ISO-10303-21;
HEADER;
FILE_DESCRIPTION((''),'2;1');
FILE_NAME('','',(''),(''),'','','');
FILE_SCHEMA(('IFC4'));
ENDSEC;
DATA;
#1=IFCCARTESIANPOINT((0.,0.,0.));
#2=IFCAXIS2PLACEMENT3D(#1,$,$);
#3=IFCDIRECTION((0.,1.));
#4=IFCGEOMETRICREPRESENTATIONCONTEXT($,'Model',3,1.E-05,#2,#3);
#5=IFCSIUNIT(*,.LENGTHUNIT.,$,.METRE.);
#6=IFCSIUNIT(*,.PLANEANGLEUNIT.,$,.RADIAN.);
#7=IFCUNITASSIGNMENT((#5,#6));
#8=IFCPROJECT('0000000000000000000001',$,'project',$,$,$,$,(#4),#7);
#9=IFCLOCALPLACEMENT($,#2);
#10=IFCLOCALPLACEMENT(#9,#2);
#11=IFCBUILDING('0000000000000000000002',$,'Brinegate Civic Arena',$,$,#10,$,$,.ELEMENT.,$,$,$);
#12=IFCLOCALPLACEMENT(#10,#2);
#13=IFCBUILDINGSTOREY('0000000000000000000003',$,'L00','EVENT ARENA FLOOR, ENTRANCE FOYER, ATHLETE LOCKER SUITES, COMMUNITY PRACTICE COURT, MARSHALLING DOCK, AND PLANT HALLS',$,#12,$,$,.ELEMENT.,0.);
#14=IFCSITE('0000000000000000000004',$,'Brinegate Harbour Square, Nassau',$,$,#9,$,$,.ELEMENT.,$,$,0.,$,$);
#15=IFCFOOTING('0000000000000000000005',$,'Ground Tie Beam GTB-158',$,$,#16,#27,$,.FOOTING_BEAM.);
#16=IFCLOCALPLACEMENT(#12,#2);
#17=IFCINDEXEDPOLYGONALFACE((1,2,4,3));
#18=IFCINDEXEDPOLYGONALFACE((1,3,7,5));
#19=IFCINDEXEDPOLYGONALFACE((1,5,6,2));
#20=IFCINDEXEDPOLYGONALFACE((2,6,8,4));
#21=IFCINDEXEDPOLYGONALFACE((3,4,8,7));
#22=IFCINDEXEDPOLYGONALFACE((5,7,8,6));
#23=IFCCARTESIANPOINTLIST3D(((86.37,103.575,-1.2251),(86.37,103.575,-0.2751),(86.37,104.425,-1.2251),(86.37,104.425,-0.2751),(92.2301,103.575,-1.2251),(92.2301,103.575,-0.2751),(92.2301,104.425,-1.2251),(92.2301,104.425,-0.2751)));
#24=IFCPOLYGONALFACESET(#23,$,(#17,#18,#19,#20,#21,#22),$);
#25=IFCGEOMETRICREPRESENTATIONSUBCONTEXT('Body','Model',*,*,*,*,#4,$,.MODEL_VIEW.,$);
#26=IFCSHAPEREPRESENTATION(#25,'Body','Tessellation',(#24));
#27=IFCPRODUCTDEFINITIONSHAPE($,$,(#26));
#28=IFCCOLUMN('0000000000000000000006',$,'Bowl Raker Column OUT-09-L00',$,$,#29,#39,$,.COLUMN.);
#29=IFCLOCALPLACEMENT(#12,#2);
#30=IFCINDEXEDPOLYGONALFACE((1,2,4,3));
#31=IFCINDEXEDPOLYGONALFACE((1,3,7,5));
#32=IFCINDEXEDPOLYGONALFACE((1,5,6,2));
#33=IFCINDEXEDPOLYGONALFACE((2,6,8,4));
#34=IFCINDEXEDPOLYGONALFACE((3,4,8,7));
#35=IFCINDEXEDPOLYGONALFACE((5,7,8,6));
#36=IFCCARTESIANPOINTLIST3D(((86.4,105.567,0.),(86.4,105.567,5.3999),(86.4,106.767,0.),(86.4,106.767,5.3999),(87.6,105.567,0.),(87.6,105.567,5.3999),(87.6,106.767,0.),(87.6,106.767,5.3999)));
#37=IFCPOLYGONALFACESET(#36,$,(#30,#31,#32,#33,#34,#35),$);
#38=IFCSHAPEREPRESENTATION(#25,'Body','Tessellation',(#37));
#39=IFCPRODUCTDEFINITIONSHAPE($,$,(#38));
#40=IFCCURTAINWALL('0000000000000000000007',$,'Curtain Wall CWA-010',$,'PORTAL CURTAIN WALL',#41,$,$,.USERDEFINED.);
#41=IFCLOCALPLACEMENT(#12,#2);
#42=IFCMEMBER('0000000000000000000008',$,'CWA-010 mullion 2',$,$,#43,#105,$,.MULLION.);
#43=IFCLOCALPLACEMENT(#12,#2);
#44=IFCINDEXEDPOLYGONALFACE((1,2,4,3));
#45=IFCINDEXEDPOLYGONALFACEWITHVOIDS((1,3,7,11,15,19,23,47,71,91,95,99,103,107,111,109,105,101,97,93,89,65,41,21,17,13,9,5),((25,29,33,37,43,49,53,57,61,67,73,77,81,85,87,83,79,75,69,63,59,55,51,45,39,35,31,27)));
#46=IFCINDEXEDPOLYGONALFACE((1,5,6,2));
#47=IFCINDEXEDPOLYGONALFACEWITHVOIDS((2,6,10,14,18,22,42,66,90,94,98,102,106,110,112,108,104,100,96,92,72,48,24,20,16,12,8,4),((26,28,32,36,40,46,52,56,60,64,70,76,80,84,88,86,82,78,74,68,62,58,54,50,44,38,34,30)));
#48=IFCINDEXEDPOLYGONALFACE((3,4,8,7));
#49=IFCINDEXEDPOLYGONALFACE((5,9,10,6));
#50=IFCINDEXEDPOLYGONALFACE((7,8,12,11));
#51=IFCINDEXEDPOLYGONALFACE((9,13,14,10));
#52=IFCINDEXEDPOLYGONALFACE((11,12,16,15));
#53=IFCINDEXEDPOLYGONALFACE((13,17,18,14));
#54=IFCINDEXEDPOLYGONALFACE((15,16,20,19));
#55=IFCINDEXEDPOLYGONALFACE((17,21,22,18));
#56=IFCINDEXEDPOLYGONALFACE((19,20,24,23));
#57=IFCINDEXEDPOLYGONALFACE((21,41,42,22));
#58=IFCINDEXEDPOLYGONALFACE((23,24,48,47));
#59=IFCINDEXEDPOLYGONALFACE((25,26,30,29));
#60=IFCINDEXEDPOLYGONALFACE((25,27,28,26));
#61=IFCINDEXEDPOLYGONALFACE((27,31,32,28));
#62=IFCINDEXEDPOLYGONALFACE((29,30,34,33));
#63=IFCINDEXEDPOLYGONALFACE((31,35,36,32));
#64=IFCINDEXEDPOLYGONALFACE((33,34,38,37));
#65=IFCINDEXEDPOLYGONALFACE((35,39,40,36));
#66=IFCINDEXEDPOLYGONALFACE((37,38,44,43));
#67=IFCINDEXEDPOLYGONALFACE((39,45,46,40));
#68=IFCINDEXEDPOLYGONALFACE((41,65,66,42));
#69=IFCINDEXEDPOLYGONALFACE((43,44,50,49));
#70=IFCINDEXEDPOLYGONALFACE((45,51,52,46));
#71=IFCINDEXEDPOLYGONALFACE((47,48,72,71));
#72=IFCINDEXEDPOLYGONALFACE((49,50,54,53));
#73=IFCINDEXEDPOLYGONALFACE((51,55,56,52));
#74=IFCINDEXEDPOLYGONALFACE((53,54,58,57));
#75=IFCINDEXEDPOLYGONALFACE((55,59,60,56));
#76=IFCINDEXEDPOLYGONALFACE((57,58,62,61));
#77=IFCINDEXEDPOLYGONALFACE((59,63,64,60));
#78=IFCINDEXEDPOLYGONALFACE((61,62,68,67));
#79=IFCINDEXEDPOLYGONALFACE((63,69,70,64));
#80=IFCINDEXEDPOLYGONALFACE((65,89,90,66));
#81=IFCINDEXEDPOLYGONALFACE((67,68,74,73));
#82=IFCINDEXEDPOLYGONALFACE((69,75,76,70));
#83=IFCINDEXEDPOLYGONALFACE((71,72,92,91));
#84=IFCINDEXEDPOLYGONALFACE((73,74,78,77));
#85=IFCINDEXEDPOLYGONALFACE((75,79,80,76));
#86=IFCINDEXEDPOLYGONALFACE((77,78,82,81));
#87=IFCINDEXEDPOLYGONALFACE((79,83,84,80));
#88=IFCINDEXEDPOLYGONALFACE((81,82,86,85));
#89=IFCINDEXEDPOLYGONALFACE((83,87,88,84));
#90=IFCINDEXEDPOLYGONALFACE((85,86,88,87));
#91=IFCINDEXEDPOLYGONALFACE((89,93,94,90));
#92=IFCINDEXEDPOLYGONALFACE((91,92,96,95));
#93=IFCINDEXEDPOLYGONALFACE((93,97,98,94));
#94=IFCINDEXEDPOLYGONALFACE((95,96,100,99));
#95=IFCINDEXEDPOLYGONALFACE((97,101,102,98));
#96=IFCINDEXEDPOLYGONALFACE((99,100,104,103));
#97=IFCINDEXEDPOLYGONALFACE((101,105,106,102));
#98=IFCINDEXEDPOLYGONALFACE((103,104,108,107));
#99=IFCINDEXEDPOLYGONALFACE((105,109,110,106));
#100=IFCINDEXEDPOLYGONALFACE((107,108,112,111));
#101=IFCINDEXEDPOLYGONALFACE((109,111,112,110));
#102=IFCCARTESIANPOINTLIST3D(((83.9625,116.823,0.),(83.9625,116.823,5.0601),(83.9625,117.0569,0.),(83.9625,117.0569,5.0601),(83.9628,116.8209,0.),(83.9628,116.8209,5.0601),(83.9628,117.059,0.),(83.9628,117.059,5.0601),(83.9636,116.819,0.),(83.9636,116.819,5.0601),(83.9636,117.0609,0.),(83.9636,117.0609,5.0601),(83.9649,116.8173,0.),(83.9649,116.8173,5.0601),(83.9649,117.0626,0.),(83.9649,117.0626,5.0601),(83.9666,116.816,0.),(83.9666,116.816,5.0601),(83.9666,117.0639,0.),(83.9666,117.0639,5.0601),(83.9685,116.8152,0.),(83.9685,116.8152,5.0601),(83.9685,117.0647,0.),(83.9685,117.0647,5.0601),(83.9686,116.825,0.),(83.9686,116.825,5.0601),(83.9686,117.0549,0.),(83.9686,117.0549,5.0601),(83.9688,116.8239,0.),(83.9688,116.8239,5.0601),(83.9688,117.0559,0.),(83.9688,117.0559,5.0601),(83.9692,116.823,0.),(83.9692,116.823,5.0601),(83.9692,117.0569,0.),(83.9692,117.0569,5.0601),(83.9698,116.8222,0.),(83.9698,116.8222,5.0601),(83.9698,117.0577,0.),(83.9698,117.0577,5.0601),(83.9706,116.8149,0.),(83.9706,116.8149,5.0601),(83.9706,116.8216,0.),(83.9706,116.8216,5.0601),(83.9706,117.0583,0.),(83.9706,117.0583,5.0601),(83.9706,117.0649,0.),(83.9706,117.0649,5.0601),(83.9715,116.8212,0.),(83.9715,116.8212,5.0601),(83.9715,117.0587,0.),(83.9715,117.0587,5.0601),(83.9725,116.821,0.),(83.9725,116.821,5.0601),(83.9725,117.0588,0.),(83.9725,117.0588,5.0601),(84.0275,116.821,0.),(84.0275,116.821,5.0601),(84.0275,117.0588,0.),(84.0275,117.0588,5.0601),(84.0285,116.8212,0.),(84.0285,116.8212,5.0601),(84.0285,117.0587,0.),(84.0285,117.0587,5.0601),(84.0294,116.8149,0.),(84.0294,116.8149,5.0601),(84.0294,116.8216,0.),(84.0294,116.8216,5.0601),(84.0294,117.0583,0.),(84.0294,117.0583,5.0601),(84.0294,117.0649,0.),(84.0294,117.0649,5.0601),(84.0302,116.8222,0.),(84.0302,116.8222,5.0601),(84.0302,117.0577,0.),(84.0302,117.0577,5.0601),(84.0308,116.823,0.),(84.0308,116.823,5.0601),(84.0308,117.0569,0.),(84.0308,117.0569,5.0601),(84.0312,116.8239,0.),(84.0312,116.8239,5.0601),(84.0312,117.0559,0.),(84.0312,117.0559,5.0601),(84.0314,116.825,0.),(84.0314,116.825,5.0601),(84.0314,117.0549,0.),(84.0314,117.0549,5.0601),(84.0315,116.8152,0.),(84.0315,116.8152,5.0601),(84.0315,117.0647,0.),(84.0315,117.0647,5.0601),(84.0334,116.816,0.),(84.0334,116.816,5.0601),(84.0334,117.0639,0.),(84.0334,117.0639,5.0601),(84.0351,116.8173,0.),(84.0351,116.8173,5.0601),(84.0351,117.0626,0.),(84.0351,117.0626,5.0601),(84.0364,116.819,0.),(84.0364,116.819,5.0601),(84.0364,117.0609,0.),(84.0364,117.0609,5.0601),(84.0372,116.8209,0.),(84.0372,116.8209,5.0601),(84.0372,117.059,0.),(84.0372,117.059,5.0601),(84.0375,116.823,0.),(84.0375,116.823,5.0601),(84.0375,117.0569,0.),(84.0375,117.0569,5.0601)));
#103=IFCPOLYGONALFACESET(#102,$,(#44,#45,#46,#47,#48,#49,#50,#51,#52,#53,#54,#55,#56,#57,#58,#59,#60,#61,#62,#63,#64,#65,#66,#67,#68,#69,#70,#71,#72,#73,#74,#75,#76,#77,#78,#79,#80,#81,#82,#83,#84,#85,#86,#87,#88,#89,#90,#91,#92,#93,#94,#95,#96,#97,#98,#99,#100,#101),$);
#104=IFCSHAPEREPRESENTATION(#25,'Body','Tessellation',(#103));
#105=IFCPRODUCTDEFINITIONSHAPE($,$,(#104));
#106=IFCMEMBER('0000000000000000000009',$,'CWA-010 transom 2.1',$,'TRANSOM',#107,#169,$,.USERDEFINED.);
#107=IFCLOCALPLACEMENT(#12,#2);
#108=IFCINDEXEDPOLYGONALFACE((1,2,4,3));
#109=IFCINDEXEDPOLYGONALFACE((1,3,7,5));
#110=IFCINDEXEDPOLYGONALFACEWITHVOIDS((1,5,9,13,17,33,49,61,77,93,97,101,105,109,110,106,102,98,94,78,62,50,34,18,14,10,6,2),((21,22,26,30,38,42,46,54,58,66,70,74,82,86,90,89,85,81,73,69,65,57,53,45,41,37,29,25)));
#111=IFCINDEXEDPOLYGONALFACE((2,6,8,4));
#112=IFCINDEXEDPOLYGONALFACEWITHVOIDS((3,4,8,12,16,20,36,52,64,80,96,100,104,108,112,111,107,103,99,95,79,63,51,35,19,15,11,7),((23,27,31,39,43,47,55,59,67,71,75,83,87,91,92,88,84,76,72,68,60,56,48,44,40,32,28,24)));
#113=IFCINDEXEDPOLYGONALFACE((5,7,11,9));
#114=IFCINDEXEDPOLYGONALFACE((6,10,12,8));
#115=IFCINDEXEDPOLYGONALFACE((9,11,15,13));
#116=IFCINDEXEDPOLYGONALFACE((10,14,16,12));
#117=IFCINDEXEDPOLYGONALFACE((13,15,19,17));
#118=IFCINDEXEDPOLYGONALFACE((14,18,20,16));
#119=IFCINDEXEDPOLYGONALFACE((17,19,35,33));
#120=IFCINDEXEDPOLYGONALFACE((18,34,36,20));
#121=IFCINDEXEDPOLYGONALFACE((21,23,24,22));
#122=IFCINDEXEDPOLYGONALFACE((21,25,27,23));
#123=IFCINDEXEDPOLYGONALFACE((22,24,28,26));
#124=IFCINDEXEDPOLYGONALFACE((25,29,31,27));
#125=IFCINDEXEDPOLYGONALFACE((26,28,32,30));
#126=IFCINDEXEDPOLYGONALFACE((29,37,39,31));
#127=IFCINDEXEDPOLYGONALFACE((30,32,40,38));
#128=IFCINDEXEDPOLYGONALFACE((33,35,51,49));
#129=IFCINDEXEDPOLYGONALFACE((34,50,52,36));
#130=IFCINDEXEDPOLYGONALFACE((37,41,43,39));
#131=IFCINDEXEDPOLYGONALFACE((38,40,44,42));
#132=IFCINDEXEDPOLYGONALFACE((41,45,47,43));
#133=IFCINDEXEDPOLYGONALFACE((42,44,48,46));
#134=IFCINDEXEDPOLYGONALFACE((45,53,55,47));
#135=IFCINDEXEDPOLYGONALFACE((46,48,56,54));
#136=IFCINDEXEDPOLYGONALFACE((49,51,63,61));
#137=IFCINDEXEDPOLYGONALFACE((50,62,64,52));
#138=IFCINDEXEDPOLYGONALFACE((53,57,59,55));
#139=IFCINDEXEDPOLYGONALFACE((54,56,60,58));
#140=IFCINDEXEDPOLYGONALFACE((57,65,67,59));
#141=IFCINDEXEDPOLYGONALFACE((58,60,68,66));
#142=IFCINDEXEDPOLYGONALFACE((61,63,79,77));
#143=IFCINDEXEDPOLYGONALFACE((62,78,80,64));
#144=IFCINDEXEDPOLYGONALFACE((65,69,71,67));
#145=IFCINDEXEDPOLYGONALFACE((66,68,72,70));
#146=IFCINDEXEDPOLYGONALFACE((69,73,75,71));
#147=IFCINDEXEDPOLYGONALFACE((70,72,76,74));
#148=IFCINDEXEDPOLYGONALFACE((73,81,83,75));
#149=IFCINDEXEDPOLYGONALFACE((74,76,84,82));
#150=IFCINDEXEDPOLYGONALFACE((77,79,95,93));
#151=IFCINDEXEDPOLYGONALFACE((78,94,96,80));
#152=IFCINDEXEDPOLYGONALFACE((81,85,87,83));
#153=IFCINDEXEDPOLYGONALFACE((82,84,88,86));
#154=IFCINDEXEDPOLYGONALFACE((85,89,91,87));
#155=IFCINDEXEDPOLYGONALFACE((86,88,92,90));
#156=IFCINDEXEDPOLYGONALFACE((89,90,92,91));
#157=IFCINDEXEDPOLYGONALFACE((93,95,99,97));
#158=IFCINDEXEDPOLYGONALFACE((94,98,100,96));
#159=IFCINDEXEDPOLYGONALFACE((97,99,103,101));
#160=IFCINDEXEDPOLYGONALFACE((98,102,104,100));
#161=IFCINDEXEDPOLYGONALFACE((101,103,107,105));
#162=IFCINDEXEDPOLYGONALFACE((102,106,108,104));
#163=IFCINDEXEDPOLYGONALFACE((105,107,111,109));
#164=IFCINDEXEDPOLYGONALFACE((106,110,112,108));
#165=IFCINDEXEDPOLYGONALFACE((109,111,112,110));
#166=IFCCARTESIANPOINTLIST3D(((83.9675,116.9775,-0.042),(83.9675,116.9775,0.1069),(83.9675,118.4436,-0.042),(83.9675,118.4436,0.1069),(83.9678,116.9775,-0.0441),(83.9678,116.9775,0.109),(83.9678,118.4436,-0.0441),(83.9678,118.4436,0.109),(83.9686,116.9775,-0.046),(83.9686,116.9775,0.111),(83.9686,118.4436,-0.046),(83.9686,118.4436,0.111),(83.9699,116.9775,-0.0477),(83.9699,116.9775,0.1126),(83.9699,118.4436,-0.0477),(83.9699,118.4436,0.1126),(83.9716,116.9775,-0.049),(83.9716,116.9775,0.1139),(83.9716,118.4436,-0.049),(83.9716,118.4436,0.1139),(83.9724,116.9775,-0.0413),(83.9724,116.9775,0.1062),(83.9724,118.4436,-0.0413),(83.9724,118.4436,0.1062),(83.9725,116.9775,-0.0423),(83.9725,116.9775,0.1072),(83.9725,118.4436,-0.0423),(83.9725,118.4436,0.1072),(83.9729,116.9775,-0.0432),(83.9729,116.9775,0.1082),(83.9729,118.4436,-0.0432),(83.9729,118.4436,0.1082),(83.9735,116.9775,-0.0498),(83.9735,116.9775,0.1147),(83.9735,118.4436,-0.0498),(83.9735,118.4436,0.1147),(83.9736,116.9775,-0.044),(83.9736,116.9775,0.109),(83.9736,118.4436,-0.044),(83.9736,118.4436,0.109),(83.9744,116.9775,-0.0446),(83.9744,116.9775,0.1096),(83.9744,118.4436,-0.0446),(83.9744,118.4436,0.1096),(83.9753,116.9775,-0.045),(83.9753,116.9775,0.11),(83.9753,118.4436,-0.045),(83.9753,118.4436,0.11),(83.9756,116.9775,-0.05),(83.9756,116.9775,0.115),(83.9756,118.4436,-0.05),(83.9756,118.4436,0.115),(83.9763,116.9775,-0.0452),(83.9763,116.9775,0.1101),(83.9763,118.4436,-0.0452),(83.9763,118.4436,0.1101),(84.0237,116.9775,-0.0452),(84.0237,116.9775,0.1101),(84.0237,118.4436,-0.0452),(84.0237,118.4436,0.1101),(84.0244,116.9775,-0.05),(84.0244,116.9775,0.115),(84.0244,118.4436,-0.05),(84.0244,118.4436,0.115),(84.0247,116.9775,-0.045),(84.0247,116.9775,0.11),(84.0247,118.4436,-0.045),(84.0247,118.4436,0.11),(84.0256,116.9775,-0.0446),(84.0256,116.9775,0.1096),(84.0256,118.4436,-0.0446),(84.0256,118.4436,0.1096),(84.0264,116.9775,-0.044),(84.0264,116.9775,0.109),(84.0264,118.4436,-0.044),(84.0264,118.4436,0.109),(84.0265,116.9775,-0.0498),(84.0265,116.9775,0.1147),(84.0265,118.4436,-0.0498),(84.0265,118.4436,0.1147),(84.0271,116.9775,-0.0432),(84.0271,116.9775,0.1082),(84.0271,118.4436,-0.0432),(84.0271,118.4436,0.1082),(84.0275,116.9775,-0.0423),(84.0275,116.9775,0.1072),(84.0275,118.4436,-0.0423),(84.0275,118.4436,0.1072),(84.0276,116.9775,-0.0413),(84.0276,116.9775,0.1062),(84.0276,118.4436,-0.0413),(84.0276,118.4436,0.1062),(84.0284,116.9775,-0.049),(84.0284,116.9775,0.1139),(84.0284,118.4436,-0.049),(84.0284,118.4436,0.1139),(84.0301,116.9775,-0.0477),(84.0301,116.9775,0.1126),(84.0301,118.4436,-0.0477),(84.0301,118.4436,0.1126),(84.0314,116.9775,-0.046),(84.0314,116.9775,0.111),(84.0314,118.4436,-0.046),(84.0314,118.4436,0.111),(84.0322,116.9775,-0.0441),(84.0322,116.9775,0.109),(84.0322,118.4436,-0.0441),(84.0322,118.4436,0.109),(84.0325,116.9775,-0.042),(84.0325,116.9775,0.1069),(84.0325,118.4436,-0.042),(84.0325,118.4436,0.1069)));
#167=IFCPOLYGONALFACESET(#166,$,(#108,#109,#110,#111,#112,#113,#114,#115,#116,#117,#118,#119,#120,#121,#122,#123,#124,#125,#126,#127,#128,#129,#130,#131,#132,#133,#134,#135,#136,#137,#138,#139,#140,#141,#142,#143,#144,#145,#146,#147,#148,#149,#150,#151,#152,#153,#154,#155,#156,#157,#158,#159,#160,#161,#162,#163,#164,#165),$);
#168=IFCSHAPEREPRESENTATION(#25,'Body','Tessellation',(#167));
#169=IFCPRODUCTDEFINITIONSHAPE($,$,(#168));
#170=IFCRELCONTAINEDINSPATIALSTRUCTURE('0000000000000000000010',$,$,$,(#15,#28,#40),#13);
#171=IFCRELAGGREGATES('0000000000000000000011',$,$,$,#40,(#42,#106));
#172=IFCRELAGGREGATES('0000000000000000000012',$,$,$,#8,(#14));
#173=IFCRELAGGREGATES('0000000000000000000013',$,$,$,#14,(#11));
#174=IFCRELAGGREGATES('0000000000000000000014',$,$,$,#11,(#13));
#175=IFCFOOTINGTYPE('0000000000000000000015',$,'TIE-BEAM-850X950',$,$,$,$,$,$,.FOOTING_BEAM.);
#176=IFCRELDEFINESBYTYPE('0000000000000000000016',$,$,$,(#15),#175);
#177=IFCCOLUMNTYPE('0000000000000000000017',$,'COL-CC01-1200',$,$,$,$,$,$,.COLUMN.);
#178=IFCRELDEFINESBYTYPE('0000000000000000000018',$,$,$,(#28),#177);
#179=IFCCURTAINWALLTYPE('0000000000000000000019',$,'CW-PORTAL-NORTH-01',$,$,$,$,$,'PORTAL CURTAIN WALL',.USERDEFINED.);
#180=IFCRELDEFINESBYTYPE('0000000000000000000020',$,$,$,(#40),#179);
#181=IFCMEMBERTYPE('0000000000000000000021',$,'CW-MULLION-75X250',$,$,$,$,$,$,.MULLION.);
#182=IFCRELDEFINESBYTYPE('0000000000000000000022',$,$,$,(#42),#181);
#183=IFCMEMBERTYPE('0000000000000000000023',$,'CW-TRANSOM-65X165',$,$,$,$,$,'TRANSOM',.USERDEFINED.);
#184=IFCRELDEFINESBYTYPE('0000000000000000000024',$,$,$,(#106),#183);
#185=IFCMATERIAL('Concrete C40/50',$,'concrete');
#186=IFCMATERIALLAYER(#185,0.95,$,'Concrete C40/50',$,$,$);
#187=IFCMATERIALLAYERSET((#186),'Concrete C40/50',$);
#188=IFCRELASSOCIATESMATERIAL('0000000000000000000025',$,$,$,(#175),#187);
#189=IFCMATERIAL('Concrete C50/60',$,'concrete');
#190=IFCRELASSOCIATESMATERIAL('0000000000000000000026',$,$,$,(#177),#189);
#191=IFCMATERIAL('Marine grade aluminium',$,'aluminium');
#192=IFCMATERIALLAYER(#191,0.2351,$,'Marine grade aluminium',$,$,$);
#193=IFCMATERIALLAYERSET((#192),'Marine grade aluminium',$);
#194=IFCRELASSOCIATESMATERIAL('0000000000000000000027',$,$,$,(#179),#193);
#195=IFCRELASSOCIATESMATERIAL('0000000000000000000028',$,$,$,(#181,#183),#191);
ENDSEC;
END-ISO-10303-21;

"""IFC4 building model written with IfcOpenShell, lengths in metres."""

from ifc_helpers import new_model, si_unit, direction, frame, origin, origin_2d, place, context, subcontext, project, spatial, rectangle, hollow_rectangle, extrude, material, layer, layer_set, material_profile, profile_set, type_object, element, aggregate, save


model = new_model("IFC4")

# Units and contexts
model_context = context("Model", 3, precision=1e-05, world=origin(), true_north=direction((0.0, 1.0)))
body_context = subcontext(model_context, "Body", "Model", "MODEL_VIEW")
ifc_project = project(units=[si_unit("LENGTHUNIT", "METRE"), si_unit("PLANEANGLEUNIT", "RADIAN")], contexts=[model_context])

# Site, building, storey
site_placement = place(None, origin())
site = spatial("IfcSite", under=ifc_project, at=site_placement, Name="Brinegate Harbour Square, Nassau", CompositionType="ELEMENT", RefElevation=0.0)
building_placement = place(site_placement, origin())
building = spatial("IfcBuilding", under=site, at=building_placement, Name="Brinegate Civic Arena", CompositionType="ELEMENT")
storey_placement = place(building_placement, origin())
storey = spatial("IfcBuildingStorey", under=building, at=storey_placement, Name="L00", Description="EVENT ARENA FLOOR, ENTRANCE FOYER, ATHLETE LOCKER SUITES, COMMUNITY PRACTICE COURT, MARSHALLING DOCK, AND PLANT HALLS", CompositionType="ELEMENT", Elevation=0.0)

# Shared definitions
ifc_material_1 = material(Name="Concrete C40/50", Category="concrete")

# Footing
ifc_layer_1 = layer(ifc_material_1, 0.95, Name="Concrete C40/50")
ifc_layer_set_1 = layer_set([ifc_layer_1], Name="Concrete C40/50")
footing_type_1 = type_object("IfcFootingType", Name="TIE-BEAM-850X950", PredefinedType="FOOTING_BEAM", material=ifc_layer_set_1)
footing_1_placement = place(storey_placement, frame((89.3, 104.0, -1.2251), z_axis=(0.0, 0.0, 1.0), x_axis=(1.0, 0.0, 0.0)))
element("IfcFooting", 1, at=footing_1_placement, inside=storey, type_object=footing_type_1, Name="Ground Tie Beam GTB-158", PredefinedType="FOOTING_BEAM", context=body_context, shape_type="SweptSolid", body=[
    extrude(rectangle(XDim=5.8601, YDim=0.8501, at=origin_2d()), origin(), (0.0, 0.0, 1.0), 0.95),
])

# Column
ifc_material_2 = material(Name="Concrete C50/60", Category="concrete")
ifc_material_profile_1 = material_profile(ifc_material_2, rectangle(XDim=1.2, YDim=1.2, at=origin_2d()), Name="RC1200X1200")
ifc_profile_set_1 = profile_set([ifc_material_profile_1], Name="Concrete C50/60")
column_type = type_object("IfcColumnType", Name="COL-CC01-1200", PredefinedType="COLUMN", material=ifc_profile_set_1)
column_placement = place(storey_placement, frame((87.0, 106.167, 0.0), z_axis=(0.0, 0.0, 1.0), x_axis=(1.0, 0.0, 0.0)))
element("IfcColumn", 2, at=column_placement, inside=storey, type_object=column_type, Name="Bowl Raker Column OUT-09-L00", PredefinedType="COLUMN", context=body_context, shape_type="SweptSolid", body=[
    extrude(rectangle(XDim=1.2, YDim=1.2, at=origin_2d()), origin(), (0.0, 0.0, 1.0), 5.3999),
])

# Curtain wall, members
ifc_material_3 = material(Name="Marine grade aluminium", Category="aluminium")
ifc_layer_2 = layer(ifc_material_3, 0.2351, Name="Marine grade aluminium")
ifc_layer_set_2 = layer_set([ifc_layer_2], Name="Marine grade aluminium")
curtain_wall_type = type_object("IfcCurtainWallType", Name="CW-PORTAL-NORTH-01", ElementType="PORTAL CURTAIN WALL", PredefinedType="USERDEFINED", material=ifc_layer_set_2)
curtain_wall_placement = place(storey_placement, origin())
curtain_wall = element("IfcCurtainWall", 3, at=curtain_wall_placement, inside=storey, type_object=curtain_wall_type, Name="Curtain Wall CWA-010", ObjectType="PORTAL CURTAIN WALL", PredefinedType="USERDEFINED")
ifc_material_profile_2 = material_profile(ifc_material_3, hollow_rectangle(XDim=0.075, YDim=0.25, WallThickness=0.0061, InnerFilletRadius=0.0039, OuterFilletRadius=0.0081, at=origin_2d()), Name="MUL75X250")
ifc_profile_set_2 = profile_set([ifc_material_profile_2], Name="Marine grade aluminium")
member_type_1 = type_object("IfcMemberType", Name="CW-MULLION-75X250", PredefinedType="MULLION", material=ifc_profile_set_2)
member_1_placement = place(storey_placement, frame((84.0, 116.9399, 0.0), z_axis=(0.0, 0.0, 1.0), x_axis=(-1.0, 0.0, 0.0)))
member_1 = element("IfcMember", 4, at=member_1_placement, type_object=member_type_1, Name="CWA-010 mullion 2", PredefinedType="MULLION", context=body_context, shape_type="SweptSolid", body=[
    extrude(hollow_rectangle(XDim=0.075, YDim=0.25, WallThickness=0.0061, InnerFilletRadius=0.0039, OuterFilletRadius=0.0081, at=origin_2d()), origin(), (0.0, 0.0, 1.0), 5.0601),
])
ifc_material_profile_3 = material_profile(ifc_material_3, hollow_rectangle(XDim=0.0649, YDim=0.165, WallThickness=0.0049, InnerFilletRadius=0.0039, OuterFilletRadius=0.0081, at=origin_2d()), Name="TRN65X165")
ifc_profile_set_3 = profile_set([ifc_material_profile_3], Name="Marine grade aluminium")
member_type_2 = type_object("IfcMemberType", Name="CW-TRANSOM-65X165", ElementType="TRANSOM", PredefinedType="USERDEFINED", material=ifc_profile_set_3)
member_2_placement = place(storey_placement, frame((84.0, 116.9775, 0.0325), z_axis=(0.0, 1.0, 0.0), x_axis=(-1.0, 0.0, 0.0)))
member_2 = element("IfcMember", 5, at=member_2_placement, type_object=member_type_2, Name="CWA-010 transom 2.1", ObjectType="TRANSOM", PredefinedType="USERDEFINED", context=body_context, shape_type="SweptSolid", body=[
    extrude(hollow_rectangle(XDim=0.0649, YDim=0.165, WallThickness=0.0049, InnerFilletRadius=0.0039, OuterFilletRadius=0.0081, at=origin_2d()), origin(), (0.0, 0.0, 1.0), 1.4661),
])
aggregate(curtain_wall, [member_1, member_2])

save(model, "model.ifc")
